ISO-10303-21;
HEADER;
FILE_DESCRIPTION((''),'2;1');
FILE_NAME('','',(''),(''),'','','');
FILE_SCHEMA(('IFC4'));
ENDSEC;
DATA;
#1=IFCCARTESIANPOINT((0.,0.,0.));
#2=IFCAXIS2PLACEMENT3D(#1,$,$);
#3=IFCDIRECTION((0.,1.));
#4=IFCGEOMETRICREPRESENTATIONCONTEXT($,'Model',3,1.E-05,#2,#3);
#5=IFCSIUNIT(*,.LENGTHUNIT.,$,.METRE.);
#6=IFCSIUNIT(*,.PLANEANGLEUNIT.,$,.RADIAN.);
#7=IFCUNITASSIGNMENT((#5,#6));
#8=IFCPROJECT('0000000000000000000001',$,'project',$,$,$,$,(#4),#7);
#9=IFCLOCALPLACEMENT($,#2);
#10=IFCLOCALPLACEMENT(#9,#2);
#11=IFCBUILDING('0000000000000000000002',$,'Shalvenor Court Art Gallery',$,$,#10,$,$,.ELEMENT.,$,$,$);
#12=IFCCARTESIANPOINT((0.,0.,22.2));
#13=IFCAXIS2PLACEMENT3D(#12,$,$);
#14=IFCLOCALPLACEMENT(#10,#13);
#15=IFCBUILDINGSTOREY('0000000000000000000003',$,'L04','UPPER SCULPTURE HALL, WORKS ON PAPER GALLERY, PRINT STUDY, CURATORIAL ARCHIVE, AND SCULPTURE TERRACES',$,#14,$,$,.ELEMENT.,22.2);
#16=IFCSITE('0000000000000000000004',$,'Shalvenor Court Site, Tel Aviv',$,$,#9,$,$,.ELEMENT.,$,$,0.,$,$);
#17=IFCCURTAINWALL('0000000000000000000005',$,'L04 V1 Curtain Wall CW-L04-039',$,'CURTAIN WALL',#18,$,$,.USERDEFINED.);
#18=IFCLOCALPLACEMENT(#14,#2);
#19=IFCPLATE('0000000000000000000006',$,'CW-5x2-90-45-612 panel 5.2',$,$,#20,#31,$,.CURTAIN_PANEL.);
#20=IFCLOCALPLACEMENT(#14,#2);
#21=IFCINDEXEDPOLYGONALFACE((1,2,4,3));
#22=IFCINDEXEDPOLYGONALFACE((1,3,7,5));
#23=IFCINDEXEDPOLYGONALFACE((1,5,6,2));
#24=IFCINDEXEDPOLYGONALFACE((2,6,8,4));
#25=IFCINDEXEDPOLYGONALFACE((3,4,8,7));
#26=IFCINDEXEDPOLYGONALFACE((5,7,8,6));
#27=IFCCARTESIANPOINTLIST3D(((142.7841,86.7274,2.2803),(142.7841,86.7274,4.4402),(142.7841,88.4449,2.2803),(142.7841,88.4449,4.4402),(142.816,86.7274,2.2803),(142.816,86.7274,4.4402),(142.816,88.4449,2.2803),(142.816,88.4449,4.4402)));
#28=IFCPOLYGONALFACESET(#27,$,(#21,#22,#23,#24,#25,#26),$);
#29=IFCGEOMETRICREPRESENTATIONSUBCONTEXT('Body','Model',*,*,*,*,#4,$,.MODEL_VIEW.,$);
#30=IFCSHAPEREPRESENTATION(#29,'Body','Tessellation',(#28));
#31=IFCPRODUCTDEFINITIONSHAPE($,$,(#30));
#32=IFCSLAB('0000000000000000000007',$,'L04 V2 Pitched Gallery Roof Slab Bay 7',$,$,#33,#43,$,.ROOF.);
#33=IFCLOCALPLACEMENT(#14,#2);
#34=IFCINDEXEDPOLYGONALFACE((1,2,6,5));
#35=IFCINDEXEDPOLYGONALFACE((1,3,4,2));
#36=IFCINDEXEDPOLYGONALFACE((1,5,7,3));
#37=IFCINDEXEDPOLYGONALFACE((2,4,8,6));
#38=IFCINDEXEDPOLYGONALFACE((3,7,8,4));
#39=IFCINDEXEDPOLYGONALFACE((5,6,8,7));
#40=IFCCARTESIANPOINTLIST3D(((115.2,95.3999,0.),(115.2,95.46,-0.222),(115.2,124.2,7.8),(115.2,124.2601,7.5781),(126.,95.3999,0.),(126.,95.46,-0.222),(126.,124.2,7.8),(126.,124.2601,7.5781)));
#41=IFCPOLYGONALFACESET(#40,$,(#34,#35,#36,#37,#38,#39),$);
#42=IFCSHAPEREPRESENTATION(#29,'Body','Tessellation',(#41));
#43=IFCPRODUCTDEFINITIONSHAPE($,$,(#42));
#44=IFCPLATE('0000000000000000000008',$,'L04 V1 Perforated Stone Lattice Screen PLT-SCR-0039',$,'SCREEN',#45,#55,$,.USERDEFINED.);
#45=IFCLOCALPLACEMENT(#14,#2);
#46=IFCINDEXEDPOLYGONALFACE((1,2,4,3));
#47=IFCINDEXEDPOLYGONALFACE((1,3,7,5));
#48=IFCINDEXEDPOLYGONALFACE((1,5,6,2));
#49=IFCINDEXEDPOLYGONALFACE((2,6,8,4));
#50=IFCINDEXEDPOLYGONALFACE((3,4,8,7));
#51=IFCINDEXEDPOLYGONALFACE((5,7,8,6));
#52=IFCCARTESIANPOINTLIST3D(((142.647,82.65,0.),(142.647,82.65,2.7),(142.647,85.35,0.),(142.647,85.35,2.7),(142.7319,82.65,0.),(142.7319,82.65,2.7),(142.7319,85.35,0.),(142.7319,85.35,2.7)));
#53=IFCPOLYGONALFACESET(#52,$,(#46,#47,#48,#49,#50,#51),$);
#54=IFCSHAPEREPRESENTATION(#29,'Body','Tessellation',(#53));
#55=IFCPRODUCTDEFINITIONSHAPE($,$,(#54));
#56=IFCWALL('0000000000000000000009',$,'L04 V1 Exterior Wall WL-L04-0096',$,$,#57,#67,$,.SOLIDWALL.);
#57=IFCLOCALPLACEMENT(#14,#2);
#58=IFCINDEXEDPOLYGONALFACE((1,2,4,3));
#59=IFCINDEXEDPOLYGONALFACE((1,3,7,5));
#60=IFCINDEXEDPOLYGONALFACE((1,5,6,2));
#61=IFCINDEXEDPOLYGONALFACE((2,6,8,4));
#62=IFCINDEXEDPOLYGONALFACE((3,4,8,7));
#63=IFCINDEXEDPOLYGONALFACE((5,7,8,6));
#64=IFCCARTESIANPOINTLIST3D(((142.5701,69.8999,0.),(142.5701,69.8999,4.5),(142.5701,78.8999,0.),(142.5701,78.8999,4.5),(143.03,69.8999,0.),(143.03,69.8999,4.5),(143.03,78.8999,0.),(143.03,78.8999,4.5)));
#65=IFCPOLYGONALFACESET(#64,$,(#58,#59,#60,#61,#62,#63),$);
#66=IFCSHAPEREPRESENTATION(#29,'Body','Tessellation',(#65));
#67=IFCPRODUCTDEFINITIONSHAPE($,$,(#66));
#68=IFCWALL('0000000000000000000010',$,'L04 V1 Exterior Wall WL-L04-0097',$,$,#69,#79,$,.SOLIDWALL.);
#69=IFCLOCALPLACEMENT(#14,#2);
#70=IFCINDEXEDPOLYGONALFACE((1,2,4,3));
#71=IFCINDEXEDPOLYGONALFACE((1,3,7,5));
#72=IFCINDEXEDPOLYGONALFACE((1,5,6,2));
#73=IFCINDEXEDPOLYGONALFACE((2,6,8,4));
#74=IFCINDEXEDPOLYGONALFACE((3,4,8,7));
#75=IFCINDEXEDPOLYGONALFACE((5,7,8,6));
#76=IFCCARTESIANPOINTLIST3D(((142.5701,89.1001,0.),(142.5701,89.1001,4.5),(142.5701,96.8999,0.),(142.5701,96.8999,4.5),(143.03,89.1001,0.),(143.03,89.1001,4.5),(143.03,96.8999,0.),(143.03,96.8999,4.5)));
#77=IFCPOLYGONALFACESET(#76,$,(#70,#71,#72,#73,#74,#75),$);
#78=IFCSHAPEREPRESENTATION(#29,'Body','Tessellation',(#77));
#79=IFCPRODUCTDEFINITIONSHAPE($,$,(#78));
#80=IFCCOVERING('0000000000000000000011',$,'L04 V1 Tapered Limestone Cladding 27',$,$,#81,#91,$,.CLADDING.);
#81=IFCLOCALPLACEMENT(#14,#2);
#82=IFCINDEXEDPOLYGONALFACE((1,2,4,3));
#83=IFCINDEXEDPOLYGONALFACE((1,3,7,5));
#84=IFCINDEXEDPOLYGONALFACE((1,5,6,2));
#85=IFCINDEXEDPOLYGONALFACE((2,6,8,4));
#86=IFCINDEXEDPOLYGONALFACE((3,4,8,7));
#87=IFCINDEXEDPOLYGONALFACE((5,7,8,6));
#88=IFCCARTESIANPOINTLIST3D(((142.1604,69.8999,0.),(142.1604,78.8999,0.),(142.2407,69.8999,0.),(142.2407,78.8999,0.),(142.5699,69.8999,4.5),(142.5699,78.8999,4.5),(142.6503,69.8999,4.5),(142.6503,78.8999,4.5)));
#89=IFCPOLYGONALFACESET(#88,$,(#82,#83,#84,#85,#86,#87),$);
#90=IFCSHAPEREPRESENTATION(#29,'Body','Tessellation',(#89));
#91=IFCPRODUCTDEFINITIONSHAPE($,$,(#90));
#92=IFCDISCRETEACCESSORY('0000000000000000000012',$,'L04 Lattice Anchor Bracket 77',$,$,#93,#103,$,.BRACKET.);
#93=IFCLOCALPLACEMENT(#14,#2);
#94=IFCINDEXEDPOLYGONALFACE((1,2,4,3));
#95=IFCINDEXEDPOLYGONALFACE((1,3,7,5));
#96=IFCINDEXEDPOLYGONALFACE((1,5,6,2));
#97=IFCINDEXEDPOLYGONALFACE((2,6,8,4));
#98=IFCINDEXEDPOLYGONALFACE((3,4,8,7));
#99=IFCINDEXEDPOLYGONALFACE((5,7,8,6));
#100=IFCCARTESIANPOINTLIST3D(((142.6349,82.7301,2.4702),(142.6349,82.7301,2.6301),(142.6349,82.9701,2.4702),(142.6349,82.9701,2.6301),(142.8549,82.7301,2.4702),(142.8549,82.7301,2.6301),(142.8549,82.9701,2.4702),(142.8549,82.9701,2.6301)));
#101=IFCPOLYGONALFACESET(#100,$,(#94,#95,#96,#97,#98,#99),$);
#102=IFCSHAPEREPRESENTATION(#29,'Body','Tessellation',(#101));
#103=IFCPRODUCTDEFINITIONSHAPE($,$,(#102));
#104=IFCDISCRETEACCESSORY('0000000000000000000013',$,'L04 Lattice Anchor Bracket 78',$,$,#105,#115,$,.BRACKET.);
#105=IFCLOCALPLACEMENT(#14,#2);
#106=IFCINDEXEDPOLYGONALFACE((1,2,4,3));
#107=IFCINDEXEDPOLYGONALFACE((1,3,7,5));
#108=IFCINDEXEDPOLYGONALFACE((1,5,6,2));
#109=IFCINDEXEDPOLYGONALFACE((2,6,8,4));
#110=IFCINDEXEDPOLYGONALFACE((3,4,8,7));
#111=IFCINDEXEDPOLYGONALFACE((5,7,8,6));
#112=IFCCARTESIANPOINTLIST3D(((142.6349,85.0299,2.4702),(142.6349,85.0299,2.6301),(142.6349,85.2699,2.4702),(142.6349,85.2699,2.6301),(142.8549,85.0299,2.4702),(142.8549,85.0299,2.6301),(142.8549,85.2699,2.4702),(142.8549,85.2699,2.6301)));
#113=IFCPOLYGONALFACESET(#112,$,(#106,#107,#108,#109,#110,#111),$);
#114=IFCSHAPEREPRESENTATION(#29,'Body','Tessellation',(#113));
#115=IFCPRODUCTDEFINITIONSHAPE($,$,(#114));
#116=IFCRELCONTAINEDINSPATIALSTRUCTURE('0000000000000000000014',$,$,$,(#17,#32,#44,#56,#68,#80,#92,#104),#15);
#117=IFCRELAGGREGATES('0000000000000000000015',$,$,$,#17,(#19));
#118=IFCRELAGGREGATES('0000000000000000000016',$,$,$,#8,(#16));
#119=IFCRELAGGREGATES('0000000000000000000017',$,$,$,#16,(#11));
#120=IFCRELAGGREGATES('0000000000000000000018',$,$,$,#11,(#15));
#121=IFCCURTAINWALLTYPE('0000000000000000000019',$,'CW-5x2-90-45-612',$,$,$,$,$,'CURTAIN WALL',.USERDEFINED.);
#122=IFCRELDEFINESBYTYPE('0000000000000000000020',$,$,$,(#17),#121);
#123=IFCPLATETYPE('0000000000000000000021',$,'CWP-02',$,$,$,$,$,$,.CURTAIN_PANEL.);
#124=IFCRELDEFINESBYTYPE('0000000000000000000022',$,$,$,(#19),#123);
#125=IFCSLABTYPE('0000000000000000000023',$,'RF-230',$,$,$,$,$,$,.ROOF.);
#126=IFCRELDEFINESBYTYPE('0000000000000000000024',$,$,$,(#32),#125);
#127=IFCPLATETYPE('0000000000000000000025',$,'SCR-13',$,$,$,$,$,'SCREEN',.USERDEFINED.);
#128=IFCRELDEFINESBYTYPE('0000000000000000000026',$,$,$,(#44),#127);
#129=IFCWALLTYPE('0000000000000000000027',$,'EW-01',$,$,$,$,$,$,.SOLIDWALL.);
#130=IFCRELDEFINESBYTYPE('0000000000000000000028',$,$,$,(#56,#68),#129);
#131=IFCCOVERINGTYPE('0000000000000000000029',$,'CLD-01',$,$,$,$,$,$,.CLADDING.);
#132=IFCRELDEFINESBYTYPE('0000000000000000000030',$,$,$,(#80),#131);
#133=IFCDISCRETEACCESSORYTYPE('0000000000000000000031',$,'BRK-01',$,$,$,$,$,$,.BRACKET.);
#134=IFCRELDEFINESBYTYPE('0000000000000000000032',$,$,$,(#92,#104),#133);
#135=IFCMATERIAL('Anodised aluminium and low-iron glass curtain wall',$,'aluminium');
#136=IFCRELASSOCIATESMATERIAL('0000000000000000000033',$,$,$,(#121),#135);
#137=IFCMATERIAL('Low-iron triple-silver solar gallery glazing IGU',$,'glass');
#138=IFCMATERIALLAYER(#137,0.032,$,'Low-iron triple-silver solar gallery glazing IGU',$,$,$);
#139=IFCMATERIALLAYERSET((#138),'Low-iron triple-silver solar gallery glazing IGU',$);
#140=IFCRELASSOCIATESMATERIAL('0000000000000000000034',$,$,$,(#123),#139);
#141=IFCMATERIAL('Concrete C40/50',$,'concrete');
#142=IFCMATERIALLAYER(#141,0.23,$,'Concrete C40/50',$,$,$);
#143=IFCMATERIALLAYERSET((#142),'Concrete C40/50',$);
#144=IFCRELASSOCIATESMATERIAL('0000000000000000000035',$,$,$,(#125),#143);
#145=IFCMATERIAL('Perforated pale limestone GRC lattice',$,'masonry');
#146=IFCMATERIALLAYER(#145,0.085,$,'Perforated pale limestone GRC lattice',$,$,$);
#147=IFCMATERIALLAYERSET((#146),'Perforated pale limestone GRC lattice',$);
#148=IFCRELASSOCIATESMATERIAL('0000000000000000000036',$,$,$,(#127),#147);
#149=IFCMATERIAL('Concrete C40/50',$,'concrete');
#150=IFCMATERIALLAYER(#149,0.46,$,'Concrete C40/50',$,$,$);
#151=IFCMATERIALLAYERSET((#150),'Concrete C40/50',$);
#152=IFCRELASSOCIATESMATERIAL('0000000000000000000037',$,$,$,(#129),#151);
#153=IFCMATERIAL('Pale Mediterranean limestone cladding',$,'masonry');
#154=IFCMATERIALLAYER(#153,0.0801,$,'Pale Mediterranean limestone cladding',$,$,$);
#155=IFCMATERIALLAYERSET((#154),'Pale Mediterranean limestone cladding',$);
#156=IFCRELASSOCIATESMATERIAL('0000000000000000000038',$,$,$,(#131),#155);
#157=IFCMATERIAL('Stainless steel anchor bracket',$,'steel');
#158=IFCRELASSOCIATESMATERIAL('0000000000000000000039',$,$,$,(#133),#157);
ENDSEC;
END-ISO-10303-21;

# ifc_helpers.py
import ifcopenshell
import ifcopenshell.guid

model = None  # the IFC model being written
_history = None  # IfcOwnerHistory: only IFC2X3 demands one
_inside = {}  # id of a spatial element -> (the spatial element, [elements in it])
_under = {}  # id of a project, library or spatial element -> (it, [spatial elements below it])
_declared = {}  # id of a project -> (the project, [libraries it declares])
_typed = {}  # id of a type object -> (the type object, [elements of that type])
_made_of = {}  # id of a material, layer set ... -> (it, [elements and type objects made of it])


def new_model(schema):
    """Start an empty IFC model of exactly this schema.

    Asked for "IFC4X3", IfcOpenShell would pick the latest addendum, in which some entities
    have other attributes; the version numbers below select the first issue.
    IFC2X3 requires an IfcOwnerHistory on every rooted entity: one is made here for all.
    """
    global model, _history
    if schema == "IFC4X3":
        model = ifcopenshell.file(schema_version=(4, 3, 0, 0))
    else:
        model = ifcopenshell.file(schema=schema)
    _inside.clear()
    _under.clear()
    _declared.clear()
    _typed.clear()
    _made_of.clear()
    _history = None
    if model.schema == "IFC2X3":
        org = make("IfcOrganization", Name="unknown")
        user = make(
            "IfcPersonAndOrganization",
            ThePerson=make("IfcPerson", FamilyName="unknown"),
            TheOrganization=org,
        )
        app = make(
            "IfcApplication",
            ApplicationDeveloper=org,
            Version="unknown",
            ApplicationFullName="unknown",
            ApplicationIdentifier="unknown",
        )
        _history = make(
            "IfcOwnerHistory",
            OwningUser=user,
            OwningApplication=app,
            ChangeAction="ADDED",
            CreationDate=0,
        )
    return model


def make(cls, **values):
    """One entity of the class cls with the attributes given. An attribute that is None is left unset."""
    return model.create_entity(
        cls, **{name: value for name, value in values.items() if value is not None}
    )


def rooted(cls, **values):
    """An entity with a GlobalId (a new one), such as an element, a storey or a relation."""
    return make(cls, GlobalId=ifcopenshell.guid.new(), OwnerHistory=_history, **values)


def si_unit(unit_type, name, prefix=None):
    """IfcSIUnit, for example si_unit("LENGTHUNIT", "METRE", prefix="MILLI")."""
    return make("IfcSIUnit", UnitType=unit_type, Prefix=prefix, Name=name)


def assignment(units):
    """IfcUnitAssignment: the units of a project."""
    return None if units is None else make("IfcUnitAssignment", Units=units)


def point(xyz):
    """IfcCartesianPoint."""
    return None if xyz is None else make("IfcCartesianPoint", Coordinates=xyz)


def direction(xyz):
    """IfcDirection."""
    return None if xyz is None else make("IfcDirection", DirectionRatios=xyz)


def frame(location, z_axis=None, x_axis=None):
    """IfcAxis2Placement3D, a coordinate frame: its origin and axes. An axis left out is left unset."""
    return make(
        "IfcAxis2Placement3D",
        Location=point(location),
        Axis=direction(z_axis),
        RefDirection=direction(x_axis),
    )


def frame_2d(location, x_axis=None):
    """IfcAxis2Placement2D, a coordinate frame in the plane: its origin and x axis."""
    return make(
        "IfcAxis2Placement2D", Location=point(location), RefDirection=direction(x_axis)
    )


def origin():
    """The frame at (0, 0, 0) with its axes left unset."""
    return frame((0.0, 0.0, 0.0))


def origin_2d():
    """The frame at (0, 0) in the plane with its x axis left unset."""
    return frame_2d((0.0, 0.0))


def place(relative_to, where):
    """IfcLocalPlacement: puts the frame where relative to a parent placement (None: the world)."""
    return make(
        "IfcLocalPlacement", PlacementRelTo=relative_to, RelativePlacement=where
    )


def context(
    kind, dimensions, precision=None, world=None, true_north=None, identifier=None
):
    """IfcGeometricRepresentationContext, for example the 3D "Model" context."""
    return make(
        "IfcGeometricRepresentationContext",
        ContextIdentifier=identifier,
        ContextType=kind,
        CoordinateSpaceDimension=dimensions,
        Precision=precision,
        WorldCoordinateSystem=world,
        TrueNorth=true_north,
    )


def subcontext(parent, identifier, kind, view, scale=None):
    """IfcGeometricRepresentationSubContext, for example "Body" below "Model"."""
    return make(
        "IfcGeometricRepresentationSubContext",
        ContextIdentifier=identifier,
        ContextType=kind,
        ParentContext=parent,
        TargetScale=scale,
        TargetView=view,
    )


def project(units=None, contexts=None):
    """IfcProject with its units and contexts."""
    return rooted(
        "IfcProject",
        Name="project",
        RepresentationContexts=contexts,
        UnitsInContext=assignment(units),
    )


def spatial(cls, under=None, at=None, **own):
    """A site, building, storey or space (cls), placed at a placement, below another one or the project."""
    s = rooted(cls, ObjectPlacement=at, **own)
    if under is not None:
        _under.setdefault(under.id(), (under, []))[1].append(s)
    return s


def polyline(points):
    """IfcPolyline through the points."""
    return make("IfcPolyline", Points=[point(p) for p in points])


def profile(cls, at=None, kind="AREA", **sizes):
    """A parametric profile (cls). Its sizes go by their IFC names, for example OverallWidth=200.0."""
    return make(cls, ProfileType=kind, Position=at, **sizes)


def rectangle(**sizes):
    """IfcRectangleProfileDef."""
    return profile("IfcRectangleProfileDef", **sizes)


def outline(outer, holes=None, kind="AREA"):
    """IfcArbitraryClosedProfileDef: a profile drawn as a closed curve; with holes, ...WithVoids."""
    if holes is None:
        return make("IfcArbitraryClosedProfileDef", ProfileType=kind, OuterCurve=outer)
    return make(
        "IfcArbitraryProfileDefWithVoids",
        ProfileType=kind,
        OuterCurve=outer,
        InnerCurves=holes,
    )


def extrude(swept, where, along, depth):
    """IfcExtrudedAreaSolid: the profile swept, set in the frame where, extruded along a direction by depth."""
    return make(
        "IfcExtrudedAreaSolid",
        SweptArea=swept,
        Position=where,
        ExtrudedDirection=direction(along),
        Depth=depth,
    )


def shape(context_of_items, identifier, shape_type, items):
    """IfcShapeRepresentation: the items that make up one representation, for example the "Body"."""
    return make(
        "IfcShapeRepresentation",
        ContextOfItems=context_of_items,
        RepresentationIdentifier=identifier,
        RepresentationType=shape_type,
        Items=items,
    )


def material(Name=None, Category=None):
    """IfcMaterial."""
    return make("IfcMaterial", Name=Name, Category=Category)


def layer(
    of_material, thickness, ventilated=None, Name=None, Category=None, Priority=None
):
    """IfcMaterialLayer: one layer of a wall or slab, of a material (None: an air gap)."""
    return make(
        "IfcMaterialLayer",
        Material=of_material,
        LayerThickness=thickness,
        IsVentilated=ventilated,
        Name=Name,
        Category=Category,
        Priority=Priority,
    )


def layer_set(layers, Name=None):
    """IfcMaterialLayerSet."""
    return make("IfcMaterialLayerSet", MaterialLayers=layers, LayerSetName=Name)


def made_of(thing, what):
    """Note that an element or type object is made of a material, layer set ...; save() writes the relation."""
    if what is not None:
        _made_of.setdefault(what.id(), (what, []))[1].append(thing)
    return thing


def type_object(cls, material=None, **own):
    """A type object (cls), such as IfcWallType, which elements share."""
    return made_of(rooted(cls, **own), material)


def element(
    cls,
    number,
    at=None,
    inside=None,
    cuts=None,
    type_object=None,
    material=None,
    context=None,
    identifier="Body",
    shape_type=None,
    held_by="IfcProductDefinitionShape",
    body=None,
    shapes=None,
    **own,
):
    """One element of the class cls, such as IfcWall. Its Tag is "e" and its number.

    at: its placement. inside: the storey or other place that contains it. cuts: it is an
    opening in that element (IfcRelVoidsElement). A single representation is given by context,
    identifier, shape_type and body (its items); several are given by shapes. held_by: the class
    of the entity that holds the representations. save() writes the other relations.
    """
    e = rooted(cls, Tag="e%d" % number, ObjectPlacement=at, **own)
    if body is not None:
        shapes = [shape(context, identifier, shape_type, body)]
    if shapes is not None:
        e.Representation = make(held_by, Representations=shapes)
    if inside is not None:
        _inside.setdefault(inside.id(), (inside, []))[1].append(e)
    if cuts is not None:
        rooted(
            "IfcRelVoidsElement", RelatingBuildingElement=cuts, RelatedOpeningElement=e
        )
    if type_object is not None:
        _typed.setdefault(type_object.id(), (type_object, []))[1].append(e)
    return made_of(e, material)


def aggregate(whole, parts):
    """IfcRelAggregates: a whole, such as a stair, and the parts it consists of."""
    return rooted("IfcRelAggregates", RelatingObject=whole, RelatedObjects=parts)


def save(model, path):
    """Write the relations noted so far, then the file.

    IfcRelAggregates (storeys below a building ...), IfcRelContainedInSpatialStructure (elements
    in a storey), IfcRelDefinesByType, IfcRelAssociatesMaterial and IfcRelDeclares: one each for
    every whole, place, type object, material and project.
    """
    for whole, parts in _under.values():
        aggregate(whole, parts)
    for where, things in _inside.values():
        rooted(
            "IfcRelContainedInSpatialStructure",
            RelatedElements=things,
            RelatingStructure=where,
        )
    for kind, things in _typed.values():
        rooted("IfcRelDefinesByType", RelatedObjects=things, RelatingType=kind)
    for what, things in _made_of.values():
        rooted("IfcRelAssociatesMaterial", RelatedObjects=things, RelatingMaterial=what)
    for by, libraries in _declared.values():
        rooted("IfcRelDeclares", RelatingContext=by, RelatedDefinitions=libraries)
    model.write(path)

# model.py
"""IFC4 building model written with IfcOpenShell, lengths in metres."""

from ifc_helpers import new_model, si_unit, direction, frame, frame_2d, origin, origin_2d, place, context, subcontext, project, spatial, polyline, rectangle, outline, extrude, material, layer, layer_set, type_object, element, aggregate, save


model = new_model("IFC4")

# Units and contexts
model_context = context("Model", 3, precision=1e-05, world=origin(), true_north=direction((0.0, 1.0)))
body_context = subcontext(model_context, "Body", "Model", "MODEL_VIEW")
ifc_project = project(units=[si_unit("LENGTHUNIT", "METRE"), si_unit("PLANEANGLEUNIT", "RADIAN")], contexts=[model_context])

# Site, building, storey
site_placement = place(None, origin())
site = spatial("IfcSite", under=ifc_project, at=site_placement, Name="Shalvenor Court Site, Tel Aviv", CompositionType="ELEMENT", RefElevation=0.0)
building_placement = place(site_placement, origin())
building = spatial("IfcBuilding", under=site, at=building_placement, Name="Shalvenor Court Art Gallery", CompositionType="ELEMENT")
storey_placement = place(building_placement, frame((0.0, 0.0, 22.2)))
storey = spatial("IfcBuildingStorey", under=building, at=storey_placement, Name="L04", Description="UPPER SCULPTURE HALL, WORKS ON PAPER GALLERY, PRINT STUDY, CURATORIAL ARCHIVE, AND SCULPTURE TERRACES", CompositionType="ELEMENT", Elevation=22.2)

# Curtain wall
ifc_material_1 = material(Name="Anodised aluminium and low-iron glass curtain wall", Category="aluminium")
curtain_wall_type = type_object("IfcCurtainWallType", Name="CW-5x2-90-45-612", ElementType="CURTAIN WALL", PredefinedType="USERDEFINED", material=ifc_material_1)
curtain_wall_placement = place(storey_placement, origin())
curtain_wall = element("IfcCurtainWall", 1, at=curtain_wall_placement, inside=storey, type_object=curtain_wall_type, Name="L04 V1 Curtain Wall CW-L04-039", ObjectType="CURTAIN WALL", PredefinedType="USERDEFINED")

# Plate
ifc_material_2 = material(Name="Low-iron triple-silver solar gallery glazing IGU", Category="glass")
ifc_layer_1 = layer(ifc_material_2, 0.032, Name="Low-iron triple-silver solar gallery glazing IGU")
ifc_layer_set_1 = layer_set([ifc_layer_1], Name="Low-iron triple-silver solar gallery glazing IGU")
plate_type_1 = type_object("IfcPlateType", Name="CWP-02", PredefinedType="CURTAIN_PANEL", material=ifc_layer_set_1)
plate_1_placement = place(storey_placement, frame((142.8, 87.5862, 2.2803), z_axis=(0.0, 0.0, 1.0), x_axis=(0.0, 1.0, 0.0)))
plate_1 = element("IfcPlate", 2, at=plate_1_placement, type_object=plate_type_1, Name="CW-5x2-90-45-612 panel 5.2", PredefinedType="CURTAIN_PANEL", context=body_context, shape_type="SweptSolid", body=[
    extrude(rectangle(XDim=1.7175, YDim=0.032, at=origin_2d()), origin(), (0.0, 0.0, 1.0), 2.1599),
])
aggregate(curtain_wall, [plate_1])

# Slab
ifc_material_3 = material(Name="Concrete C40/50", Category="concrete")
ifc_layer_2 = layer(ifc_material_3, 0.23, Name="Concrete C40/50")
ifc_layer_set_2 = layer_set([ifc_layer_2], Name="Concrete C40/50")
slab_type = type_object("IfcSlabType", Name="RF-230", PredefinedType="ROOF", material=ifc_layer_set_2)
slab_placement = place(storey_placement, frame((115.2, 95.3999, 0.0), z_axis=(0.0, -0.261417, 0.965226), x_axis=(1.0, 0.0, 0.0)))
element("IfcSlab", 3, at=slab_placement, inside=storey, type_object=slab_type, Name="L04 V2 Pitched Gallery Roof Slab Bay 7", PredefinedType="ROOF", context=body_context, shape_type="SweptSolid", body=[
    extrude(outline(polyline([(0.0, 0.0), (10.8, 0.0), (10.8, 29.8376), (0.0, 29.8376), (0.0, 0.0)])), origin(), (0.0, 0.0, -1.0), 0.23),
])

# Plate
ifc_material_4 = material(Name="Perforated pale limestone GRC lattice", Category="masonry")
ifc_layer_3 = layer(ifc_material_4, 0.085, Name="Perforated pale limestone GRC lattice")
ifc_layer_set_3 = layer_set([ifc_layer_3], Name="Perforated pale limestone GRC lattice")
plate_type_2 = type_object("IfcPlateType", Name="SCR-13", ElementType="SCREEN", PredefinedType="USERDEFINED", material=ifc_layer_set_3)
plate_2_placement = place(storey_placement, frame((142.6895, 84.0, 0.0), z_axis=(0.0, 0.0, 1.0), x_axis=(0.0, 1.0, 0.0)))
element("IfcPlate", 4, at=plate_2_placement, inside=storey, type_object=plate_type_2, Name="L04 V1 Perforated Stone Lattice Screen PLT-SCR-0039", ObjectType="SCREEN", PredefinedType="USERDEFINED", context=body_context, shape_type="SweptSolid", body=[
    extrude(rectangle(XDim=2.7, YDim=0.085, at=origin_2d()), origin(), (0.0, 0.0, 1.0), 2.7),
])

# Walls
ifc_material_5 = material(Name="Concrete C40/50", Category="concrete")
ifc_layer_4 = layer(ifc_material_5, 0.46, Name="Concrete C40/50")
ifc_layer_set_4 = layer_set([ifc_layer_4], Name="Concrete C40/50")
wall_type = type_object("IfcWallType", Name="EW-01", PredefinedType="SOLIDWALL", material=ifc_layer_set_4)
wall_1_placement = place(storey_placement, frame((142.8, 69.8999, 0.0), z_axis=(0.0, 0.0, 1.0), x_axis=(0.0, 1.0, 0.0)))
element("IfcWall", 5, at=wall_1_placement, inside=storey, type_object=wall_type, Name="L04 V1 Exterior Wall WL-L04-0096", PredefinedType="SOLIDWALL", context=body_context, shape_type="SweptSolid", body=[
    extrude(rectangle(XDim=9.0, YDim=0.46, at=frame_2d((4.5, 0.0))), origin(), (0.0, 0.0, 1.0), 4.5),
])
wall_2_placement = place(storey_placement, frame((142.8, 89.1001, 0.0), z_axis=(0.0, 0.0, 1.0), x_axis=(0.0, 1.0, 0.0)))
element("IfcWall", 6, at=wall_2_placement, inside=storey, type_object=wall_type, Name="L04 V1 Exterior Wall WL-L04-0097", PredefinedType="SOLIDWALL", context=body_context, shape_type="SweptSolid", body=[
    extrude(rectangle(XDim=7.7998, YDim=0.46, at=frame_2d((3.8999, 0.0))), origin(), (0.0, 0.0, 1.0), 4.5),
])

# Covering
ifc_material_6 = material(Name="Pale Mediterranean limestone cladding", Category="masonry")
ifc_layer_5 = layer(ifc_material_6, 0.0801, Name="Pale Mediterranean limestone cladding")
ifc_layer_set_5 = layer_set([ifc_layer_5], Name="Pale Mediterranean limestone cladding")
covering_type = type_object("IfcCoveringType", Name="CLD-01", PredefinedType="CLADDING", material=ifc_layer_set_5)
covering_placement = place(storey_placement, frame((142.1604, 78.8999, 0.0), z_axis=(0.0, 0.0, 1.0), x_axis=(0.0, -1.0, 0.0)))
element("IfcCovering", 7, at=covering_placement, inside=storey, type_object=covering_type, Name="L04 V1 Tapered Limestone Cladding 27", PredefinedType="CLADDING", context=body_context, shape_type="SweptSolid", body=[
    extrude(outline(polyline([(0.0, 0.0), (9.0, 0.0), (9.0, 4.5186), (0.0, 4.5186), (0.0, 0.0)])), frame((0.0, 0.0, 0.0), z_axis=(0.0, -0.995884, 0.090633), x_axis=(1.0, 0.0, 0.0)), (0.0, 0.090633, -0.995884), 0.0803),
])

# Discrete accessories
ifc_material_7 = material(Name="Stainless steel anchor bracket", Category="steel")
discrete_accessory_type = type_object("IfcDiscreteAccessoryType", Name="BRK-01", PredefinedType="BRACKET", material=ifc_material_7)
for number, where, z_axis, x_axis, name in (
    (8, (142.7449, 82.8501, 2.4702), (0.0, 0.0, 1.0), (0.0, 1.0, 0.0), "L04 Lattice Anchor Bracket 77"),
    (9, (142.7449, 85.1499, 2.4702), (0.0, 0.0, 1.0), (0.0, 1.0, 0.0), "L04 Lattice Anchor Bracket 78"),
):
    element("IfcDiscreteAccessory", number, at=place(storey_placement, frame(where, z_axis=z_axis, x_axis=x_axis)), inside=storey, type_object=discrete_accessory_type, Name=name, PredefinedType="BRACKET", context=body_context, shape_type="SweptSolid", body=[
        extrude(rectangle(XDim=0.24, YDim=0.22, at=origin_2d()), origin(), (0.0, 0.0, 1.0), 0.1599),
    ])

save(model, "model.ifc")
